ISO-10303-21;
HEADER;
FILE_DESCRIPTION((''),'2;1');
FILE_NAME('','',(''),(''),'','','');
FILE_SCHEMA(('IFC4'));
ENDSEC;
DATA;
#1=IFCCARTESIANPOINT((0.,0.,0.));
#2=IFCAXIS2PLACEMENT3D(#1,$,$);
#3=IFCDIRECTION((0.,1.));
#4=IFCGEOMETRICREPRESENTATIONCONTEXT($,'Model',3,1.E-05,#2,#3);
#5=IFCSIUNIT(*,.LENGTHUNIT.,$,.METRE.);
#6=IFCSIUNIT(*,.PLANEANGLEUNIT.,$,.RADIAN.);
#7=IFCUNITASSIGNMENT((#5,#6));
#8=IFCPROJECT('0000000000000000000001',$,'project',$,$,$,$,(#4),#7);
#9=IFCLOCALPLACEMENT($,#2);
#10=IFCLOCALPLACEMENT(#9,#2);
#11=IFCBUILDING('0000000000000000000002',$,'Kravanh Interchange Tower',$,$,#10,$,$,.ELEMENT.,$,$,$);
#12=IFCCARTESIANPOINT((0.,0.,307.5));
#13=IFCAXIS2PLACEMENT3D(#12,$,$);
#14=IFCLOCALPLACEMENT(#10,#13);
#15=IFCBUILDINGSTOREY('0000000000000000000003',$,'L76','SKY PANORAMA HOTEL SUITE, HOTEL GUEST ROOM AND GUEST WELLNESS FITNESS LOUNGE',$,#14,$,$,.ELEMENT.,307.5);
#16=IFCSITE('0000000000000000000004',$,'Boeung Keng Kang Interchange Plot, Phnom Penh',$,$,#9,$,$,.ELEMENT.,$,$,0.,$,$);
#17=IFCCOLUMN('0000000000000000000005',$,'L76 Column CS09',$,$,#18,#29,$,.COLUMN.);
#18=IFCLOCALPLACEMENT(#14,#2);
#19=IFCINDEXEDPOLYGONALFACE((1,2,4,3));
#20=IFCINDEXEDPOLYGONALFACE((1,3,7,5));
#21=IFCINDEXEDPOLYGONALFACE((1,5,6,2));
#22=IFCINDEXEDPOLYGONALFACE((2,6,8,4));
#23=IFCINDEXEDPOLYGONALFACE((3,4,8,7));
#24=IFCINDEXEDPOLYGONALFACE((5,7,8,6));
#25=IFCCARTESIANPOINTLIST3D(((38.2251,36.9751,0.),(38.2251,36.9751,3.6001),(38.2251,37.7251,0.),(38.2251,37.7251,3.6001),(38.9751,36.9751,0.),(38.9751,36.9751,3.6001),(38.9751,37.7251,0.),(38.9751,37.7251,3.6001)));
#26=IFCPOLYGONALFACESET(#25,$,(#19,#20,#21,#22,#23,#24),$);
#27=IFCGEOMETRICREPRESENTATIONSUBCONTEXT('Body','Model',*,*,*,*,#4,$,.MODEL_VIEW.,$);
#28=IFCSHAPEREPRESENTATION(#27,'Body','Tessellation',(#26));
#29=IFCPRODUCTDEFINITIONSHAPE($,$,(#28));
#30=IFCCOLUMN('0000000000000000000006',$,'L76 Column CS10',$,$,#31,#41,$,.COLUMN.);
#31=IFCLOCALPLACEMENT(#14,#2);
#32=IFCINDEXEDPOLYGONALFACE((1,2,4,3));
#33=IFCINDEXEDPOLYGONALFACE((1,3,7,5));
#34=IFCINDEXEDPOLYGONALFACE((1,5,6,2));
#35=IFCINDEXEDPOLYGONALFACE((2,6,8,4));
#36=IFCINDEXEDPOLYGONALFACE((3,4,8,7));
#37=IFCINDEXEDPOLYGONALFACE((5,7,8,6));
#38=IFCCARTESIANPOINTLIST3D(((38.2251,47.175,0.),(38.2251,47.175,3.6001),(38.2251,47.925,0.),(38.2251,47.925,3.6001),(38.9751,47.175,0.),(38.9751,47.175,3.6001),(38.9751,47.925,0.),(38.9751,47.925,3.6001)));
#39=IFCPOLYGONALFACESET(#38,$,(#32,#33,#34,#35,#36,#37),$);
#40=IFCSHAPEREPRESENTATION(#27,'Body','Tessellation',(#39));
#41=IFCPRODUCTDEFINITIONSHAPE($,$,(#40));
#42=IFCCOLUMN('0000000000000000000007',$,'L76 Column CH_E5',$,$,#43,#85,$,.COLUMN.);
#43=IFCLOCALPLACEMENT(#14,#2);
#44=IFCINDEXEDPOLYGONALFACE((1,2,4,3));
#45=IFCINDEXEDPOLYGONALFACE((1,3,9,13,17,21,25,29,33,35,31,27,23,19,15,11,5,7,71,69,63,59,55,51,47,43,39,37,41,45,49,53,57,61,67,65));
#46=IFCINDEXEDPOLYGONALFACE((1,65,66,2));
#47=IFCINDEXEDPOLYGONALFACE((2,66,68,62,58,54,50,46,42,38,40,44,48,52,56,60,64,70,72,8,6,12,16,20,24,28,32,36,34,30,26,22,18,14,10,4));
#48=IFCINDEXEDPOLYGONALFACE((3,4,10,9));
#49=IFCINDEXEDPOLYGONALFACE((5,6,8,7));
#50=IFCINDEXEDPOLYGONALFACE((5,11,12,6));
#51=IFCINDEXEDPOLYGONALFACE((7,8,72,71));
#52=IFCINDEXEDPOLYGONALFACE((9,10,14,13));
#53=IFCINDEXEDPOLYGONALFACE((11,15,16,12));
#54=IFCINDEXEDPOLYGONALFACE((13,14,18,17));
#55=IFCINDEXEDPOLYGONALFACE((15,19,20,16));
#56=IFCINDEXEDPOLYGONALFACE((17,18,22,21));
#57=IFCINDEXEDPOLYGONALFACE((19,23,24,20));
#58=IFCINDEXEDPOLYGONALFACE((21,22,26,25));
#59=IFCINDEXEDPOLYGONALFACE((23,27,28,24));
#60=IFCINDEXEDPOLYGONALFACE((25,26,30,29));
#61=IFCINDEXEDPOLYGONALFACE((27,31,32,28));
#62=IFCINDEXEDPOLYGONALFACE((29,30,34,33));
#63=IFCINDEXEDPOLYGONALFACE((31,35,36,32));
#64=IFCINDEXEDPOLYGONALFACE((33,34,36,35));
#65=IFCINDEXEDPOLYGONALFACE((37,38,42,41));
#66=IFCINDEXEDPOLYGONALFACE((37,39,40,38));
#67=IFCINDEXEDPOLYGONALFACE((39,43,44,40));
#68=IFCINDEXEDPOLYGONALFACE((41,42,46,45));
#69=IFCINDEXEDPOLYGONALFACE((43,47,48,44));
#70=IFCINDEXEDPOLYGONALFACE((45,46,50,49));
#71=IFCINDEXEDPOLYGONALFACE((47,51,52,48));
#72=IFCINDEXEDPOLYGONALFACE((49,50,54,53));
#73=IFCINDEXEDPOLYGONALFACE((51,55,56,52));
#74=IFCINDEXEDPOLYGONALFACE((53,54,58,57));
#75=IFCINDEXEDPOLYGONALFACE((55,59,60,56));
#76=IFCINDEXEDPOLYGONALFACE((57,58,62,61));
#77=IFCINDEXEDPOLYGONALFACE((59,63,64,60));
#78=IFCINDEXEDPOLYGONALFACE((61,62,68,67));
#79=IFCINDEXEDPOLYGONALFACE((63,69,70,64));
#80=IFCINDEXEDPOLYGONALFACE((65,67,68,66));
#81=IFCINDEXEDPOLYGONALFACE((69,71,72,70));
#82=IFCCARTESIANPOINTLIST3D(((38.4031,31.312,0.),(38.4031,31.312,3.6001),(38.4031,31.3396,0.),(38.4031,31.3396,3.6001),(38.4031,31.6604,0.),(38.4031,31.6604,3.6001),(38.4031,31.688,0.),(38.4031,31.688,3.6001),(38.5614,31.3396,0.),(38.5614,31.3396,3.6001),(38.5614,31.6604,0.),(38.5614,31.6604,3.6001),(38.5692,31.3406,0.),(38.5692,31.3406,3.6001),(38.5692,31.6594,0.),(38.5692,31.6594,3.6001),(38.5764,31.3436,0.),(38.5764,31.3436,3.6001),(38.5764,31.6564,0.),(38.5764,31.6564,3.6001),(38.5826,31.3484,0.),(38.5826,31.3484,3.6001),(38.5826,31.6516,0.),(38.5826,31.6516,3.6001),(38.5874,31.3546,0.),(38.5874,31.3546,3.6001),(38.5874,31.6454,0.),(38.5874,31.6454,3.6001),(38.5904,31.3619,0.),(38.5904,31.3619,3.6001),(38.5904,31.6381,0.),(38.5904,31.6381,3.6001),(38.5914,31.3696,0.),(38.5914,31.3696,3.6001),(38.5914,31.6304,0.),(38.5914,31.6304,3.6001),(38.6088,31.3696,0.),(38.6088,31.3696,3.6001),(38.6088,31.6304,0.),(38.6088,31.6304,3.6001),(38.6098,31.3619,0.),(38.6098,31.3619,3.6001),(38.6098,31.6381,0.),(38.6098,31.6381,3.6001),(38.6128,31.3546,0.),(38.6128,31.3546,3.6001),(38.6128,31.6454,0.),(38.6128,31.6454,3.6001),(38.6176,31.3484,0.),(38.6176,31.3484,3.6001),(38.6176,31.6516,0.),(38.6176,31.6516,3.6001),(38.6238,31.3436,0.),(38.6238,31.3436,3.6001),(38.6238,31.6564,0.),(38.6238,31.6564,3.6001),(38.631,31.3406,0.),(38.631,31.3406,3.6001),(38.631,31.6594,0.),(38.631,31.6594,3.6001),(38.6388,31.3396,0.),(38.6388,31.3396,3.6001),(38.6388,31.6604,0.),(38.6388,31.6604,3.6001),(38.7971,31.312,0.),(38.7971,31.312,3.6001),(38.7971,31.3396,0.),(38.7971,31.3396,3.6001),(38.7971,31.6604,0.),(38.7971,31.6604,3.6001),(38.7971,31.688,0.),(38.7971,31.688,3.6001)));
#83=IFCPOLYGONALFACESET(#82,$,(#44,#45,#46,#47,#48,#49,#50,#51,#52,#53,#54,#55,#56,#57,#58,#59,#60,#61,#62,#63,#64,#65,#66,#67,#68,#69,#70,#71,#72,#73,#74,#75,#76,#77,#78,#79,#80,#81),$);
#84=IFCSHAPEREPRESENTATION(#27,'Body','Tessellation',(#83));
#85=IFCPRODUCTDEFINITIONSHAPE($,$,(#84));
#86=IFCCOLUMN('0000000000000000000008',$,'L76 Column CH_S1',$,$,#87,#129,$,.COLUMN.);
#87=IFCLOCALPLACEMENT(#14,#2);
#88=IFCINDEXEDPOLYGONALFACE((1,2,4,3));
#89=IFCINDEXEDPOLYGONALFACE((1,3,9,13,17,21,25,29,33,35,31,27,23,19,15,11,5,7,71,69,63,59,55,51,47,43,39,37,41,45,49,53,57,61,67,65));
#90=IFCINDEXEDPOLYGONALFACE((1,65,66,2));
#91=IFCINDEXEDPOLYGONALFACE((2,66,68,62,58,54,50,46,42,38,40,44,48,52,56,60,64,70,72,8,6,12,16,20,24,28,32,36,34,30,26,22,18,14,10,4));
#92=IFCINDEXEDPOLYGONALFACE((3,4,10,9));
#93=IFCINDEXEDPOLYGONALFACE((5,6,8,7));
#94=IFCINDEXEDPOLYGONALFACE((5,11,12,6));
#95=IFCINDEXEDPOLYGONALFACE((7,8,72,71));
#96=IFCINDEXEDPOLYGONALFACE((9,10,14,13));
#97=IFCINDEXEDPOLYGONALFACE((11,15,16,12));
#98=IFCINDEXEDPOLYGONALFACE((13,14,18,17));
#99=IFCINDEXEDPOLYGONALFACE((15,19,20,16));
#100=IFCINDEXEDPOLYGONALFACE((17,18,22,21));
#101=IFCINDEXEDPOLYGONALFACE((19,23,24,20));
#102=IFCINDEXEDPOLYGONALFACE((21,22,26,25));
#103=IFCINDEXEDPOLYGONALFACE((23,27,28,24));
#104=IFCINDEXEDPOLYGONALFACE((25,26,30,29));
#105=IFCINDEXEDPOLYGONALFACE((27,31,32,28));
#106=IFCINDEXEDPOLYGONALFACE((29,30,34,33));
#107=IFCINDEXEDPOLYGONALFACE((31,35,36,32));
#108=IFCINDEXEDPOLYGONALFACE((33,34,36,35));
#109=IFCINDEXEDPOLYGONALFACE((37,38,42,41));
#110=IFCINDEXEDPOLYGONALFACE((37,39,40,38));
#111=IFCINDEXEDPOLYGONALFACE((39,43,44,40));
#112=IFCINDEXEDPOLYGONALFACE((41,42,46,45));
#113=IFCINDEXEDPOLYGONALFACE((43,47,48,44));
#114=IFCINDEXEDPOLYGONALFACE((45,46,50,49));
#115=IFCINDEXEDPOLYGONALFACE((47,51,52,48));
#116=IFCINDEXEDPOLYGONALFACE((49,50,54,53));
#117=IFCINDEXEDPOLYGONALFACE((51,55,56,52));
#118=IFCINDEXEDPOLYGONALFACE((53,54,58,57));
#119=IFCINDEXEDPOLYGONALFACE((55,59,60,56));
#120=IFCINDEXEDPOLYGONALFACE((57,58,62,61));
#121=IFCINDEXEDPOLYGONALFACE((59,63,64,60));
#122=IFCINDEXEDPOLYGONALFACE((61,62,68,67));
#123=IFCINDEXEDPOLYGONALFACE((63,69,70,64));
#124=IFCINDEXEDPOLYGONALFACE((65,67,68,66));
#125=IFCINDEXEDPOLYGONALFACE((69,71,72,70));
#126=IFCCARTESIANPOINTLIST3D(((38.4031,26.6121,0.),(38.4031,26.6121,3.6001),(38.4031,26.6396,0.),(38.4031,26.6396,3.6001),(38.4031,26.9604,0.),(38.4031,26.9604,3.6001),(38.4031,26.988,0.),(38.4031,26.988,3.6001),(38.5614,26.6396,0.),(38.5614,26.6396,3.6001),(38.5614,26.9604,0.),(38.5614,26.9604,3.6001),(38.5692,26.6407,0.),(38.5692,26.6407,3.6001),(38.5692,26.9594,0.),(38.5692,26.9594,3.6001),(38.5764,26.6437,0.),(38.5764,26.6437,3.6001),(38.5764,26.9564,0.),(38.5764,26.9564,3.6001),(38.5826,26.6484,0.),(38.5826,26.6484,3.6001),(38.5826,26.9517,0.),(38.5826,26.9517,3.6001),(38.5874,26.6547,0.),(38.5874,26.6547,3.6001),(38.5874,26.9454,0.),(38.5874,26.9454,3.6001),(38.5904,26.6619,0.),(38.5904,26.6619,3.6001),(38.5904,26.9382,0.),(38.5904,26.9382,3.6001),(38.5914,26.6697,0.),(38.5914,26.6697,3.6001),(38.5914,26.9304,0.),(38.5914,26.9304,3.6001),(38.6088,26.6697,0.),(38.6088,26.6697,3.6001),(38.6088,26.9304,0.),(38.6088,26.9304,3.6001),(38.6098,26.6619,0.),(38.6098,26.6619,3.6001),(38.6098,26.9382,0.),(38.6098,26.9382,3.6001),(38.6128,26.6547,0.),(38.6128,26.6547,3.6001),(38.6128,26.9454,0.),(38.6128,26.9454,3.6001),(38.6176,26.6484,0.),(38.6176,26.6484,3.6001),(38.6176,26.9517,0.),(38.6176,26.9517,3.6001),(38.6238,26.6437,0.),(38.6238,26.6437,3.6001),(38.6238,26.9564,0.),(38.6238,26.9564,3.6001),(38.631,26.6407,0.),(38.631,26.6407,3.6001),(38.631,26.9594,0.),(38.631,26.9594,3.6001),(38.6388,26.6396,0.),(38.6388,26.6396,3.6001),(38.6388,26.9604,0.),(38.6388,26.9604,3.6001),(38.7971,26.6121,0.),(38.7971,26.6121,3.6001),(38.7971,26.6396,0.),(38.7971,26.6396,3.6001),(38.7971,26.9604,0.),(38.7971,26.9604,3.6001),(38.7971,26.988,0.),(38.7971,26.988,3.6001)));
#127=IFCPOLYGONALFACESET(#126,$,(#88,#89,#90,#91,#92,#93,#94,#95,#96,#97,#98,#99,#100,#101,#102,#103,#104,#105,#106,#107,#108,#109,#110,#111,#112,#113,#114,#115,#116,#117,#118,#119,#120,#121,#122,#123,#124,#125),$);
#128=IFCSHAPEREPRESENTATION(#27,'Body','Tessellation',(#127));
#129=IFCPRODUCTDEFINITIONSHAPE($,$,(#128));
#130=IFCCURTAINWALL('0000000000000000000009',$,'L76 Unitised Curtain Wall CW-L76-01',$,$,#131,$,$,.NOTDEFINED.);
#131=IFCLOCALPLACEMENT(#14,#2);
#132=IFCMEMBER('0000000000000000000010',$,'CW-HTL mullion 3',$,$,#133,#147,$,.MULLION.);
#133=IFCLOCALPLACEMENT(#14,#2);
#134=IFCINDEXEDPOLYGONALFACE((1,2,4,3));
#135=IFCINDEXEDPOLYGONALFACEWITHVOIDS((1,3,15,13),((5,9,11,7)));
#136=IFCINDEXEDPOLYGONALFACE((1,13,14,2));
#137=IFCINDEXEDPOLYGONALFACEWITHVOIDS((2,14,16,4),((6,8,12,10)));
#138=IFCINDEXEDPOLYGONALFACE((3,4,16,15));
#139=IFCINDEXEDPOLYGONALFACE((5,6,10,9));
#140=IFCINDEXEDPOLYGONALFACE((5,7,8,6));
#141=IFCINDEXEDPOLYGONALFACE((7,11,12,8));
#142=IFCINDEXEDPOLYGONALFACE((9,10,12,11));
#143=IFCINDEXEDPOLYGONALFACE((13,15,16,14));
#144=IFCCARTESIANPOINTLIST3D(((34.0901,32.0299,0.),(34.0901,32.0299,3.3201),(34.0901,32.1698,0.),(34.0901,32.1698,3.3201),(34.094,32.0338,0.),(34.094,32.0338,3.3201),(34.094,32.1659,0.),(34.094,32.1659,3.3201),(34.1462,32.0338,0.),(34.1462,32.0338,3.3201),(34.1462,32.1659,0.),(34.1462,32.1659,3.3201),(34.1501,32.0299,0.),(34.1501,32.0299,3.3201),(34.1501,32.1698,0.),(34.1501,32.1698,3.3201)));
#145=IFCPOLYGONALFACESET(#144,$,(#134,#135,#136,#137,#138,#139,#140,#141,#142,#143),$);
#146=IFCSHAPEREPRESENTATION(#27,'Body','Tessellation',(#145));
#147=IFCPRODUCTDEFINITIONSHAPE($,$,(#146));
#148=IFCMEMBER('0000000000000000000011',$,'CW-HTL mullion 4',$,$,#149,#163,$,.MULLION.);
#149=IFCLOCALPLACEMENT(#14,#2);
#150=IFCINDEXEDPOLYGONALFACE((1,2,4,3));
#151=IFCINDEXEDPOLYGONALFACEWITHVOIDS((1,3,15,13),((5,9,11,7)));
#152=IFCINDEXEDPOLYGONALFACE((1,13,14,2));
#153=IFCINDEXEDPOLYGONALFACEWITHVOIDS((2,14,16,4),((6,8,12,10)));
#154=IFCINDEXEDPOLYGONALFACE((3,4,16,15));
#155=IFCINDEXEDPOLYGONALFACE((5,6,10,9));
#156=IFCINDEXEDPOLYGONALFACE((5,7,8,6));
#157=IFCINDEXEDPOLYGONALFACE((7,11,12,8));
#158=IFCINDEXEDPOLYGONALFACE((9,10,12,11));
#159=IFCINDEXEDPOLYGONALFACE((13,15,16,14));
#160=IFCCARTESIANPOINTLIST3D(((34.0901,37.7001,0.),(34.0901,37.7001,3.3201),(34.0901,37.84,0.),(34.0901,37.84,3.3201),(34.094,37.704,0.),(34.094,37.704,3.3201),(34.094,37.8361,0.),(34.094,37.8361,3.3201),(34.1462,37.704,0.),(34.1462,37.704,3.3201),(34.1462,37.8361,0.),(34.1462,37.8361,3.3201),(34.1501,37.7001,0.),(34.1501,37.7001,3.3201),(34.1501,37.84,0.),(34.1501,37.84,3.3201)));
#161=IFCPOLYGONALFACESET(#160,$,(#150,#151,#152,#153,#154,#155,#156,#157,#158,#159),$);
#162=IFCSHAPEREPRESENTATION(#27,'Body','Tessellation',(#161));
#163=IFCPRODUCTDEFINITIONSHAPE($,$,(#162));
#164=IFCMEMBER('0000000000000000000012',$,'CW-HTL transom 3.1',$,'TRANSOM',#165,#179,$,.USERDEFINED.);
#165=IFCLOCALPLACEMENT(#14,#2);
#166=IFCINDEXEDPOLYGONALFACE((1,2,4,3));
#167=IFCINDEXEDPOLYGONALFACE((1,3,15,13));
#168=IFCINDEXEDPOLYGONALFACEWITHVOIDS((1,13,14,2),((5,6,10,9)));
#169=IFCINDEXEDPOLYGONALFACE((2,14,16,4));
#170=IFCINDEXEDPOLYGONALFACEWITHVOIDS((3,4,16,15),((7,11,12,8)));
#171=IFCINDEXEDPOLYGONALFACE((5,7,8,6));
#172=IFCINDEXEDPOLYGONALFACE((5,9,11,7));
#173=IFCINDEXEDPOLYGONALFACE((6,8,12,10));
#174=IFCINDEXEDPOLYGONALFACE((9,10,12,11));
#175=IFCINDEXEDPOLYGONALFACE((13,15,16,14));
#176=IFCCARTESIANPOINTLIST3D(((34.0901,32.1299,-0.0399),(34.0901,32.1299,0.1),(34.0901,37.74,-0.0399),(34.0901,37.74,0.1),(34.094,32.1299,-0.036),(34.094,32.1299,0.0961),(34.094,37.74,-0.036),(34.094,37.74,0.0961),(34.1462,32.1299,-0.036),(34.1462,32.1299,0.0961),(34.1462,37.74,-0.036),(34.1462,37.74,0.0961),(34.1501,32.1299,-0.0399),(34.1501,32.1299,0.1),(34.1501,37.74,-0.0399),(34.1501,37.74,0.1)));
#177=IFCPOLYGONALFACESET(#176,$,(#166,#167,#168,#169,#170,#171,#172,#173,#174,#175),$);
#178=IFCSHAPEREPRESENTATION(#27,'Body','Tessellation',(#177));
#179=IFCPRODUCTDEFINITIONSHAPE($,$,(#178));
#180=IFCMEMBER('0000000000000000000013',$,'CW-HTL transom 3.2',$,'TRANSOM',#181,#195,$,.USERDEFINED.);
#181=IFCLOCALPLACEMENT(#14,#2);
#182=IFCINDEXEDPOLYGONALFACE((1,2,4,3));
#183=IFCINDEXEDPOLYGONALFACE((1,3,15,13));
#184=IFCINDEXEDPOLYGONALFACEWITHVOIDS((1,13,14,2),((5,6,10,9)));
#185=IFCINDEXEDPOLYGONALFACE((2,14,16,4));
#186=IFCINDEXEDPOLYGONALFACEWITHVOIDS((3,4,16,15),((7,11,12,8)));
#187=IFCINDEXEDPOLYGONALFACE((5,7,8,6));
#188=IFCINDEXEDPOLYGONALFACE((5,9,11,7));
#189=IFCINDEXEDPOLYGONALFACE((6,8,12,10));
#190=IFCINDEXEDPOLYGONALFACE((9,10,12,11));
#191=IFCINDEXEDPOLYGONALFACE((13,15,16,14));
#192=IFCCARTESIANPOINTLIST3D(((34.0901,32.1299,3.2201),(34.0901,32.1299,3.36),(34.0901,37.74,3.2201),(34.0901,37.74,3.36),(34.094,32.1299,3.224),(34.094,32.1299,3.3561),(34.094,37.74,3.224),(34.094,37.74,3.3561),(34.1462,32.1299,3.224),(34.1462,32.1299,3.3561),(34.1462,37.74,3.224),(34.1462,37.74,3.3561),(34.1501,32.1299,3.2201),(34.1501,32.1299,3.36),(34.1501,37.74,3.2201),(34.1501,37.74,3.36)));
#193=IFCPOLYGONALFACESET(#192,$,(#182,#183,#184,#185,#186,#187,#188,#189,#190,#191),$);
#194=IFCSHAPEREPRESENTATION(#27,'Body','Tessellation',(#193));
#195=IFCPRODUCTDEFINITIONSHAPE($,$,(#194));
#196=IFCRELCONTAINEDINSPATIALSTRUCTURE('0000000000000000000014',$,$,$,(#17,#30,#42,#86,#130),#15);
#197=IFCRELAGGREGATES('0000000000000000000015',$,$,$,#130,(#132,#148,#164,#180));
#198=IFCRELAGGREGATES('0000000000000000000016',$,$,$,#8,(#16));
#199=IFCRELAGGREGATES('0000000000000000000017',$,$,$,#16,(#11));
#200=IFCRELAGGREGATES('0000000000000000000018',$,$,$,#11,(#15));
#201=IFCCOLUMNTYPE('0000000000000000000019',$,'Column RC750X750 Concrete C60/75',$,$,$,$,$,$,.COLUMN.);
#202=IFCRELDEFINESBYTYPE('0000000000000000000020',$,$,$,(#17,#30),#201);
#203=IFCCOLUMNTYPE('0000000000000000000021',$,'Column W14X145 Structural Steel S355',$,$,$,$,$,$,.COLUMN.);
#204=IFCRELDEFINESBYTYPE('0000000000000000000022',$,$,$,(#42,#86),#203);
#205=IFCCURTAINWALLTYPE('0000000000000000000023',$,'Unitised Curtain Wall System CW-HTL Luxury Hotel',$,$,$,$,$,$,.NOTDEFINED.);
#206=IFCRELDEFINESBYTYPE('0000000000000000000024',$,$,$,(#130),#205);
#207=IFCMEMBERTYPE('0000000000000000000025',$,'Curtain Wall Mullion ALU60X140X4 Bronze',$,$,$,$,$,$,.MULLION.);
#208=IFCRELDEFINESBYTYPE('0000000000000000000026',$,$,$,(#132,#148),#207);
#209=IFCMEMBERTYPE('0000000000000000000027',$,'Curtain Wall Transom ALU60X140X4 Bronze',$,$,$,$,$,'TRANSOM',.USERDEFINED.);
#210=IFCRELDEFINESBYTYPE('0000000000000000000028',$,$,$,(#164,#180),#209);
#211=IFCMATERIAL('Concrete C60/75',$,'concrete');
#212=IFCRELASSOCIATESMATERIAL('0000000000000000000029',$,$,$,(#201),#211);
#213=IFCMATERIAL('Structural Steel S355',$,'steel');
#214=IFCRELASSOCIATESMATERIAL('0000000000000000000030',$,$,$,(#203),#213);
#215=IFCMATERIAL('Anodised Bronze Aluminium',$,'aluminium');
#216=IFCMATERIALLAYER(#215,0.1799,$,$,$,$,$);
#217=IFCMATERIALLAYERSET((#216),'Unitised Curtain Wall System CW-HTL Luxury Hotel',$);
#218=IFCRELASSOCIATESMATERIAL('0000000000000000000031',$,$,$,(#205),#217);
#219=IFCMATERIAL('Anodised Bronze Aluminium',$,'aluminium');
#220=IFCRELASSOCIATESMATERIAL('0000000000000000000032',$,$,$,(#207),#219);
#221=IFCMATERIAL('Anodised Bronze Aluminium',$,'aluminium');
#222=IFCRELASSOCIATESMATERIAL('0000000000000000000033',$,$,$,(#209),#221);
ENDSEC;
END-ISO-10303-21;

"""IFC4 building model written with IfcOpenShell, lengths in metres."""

from ifc_helpers import new_model, si_unit, direction, frame, origin, origin_2d, place, context, subcontext, project, spatial, rectangle, hollow_rectangle, i_section, extrude, material, layer, layer_set, material_profile, profile_set, type_object, element, aggregate, save


model = new_model("IFC4")

# Units and contexts
model_context = context("Model", 3, precision=1e-05, world=origin(), true_north=direction((0.0, 1.0)))
body_context = subcontext(model_context, "Body", "Model", "MODEL_VIEW")
ifc_project = project(units=[si_unit("LENGTHUNIT", "METRE"), si_unit("PLANEANGLEUNIT", "RADIAN")], contexts=[model_context])

# Site, building, storey
site_placement = place(None, origin())
site = spatial("IfcSite", under=ifc_project, at=site_placement, Name="Boeung Keng Kang Interchange Plot, Phnom Penh", CompositionType="ELEMENT", RefElevation=0.0)
building_placement = place(site_placement, origin())
building = spatial("IfcBuilding", under=site, at=building_placement, Name="Kravanh Interchange Tower", CompositionType="ELEMENT")
storey_placement = place(building_placement, frame((0.0, 0.0, 307.5)))
storey = spatial("IfcBuildingStorey", under=building, at=storey_placement, Name="L76", Description="SKY PANORAMA HOTEL SUITE, HOTEL GUEST ROOM AND GUEST WELLNESS FITNESS LOUNGE", CompositionType="ELEMENT", Elevation=307.5)

# Columns
ifc_material_1 = material(Name="Concrete C60/75", Category="concrete")
ifc_material_profile_1 = material_profile(ifc_material_1, rectangle(XDim=0.75, YDim=0.75, at=origin_2d()), Name="RC750X750")
ifc_profile_set_1 = profile_set([ifc_material_profile_1], Name="Concrete C60/75")
column_type_1 = type_object("IfcColumnType", Name="Column RC750X750 Concrete C60/75", PredefinedType="COLUMN", material=ifc_profile_set_1)
for number, where, z_axis, x_axis, name in (
    (1, (38.6001, 37.3501, 0.0), (0.0, 0.0, 1.0), (1.0, 0.0, 0.0), "L76 Column CS09"),
    (2, (38.6001, 47.55, 0.0), (0.0, 0.0, 1.0), (1.0, 0.0, 0.0), "L76 Column CS10"),
):
    element("IfcColumn", number, at=place(storey_placement, frame(where, z_axis=z_axis, x_axis=x_axis)), inside=storey, type_object=column_type_1, Name=name, PredefinedType="COLUMN", context=body_context, shape_type="SweptSolid", body=[
        extrude(rectangle(XDim=0.75, YDim=0.75, at=origin_2d()), origin(), (0.0, 0.0, 1.0), 3.6001),
    ])
ifc_material_2 = material(Name="Structural Steel S355", Category="steel")
ifc_material_profile_2 = material_profile(ifc_material_2, i_section(OverallWidth=0.394, OverallDepth=0.376, WebThickness=0.0173, FlangeThickness=0.0276, FilletRadius=0.03, at=origin_2d()), Name="W14X145")
ifc_profile_set_2 = profile_set([ifc_material_profile_2], Name="Structural Steel S355")
column_type_2 = type_object("IfcColumnType", Name="Column W14X145 Structural Steel S355", PredefinedType="COLUMN", material=ifc_profile_set_2)
for number, where, z_axis, x_axis, name in (
    (3, (38.6001, 31.5, 0.0), (0.0, 0.0, 1.0), (1.0, 0.0, 0.0), "L76 Column CH_E5"),
    (4, (38.6001, 26.8, 0.0), (0.0, 0.0, 1.0), (1.0, 0.0, 0.0), "L76 Column CH_S1"),
):
    element("IfcColumn", number, at=place(storey_placement, frame(where, z_axis=z_axis, x_axis=x_axis)), inside=storey, type_object=column_type_2, Name=name, PredefinedType="COLUMN", context=body_context, shape_type="SweptSolid", body=[
        extrude(i_section(OverallWidth=0.394, OverallDepth=0.376, WebThickness=0.0173, FlangeThickness=0.0276, FilletRadius=0.03, at=origin_2d()), origin(), (0.0, 0.0, 1.0), 3.6001),
    ])

# Curtain wall, members
ifc_material_3 = material(Name="Anodised Bronze Aluminium", Category="aluminium")
ifc_layer_1 = layer(ifc_material_3, 0.1799)
ifc_layer_set_1 = layer_set([ifc_layer_1], Name="Unitised Curtain Wall System CW-HTL Luxury Hotel")
curtain_wall_type = type_object("IfcCurtainWallType", Name="Unitised Curtain Wall System CW-HTL Luxury Hotel", PredefinedType="NOTDEFINED", material=ifc_layer_set_1)
curtain_wall_placement = place(storey_placement, origin())
curtain_wall = element("IfcCurtainWall", 5, at=curtain_wall_placement, inside=storey, type_object=curtain_wall_type, Name="L76 Unitised Curtain Wall CW-L76-01", PredefinedType="NOTDEFINED")
ifc_material_4 = material(Name="Anodised Bronze Aluminium", Category="aluminium")
ifc_material_profile_3 = material_profile(ifc_material_4, hollow_rectangle(XDim=0.0601, YDim=0.1399, WallThickness=0.0039, at=origin_2d()), Name="ALU60X140X4")
ifc_profile_set_3 = profile_set([ifc_material_profile_3], Name="Anodised Bronze Aluminium")
member_type_1 = type_object("IfcMemberType", Name="Curtain Wall Mullion ALU60X140X4 Bronze", PredefinedType="MULLION", material=ifc_profile_set_3)
member_1_placement = place(storey_placement, frame((34.1201, 32.0999, 0.0), z_axis=(0.0, 0.0, 1.0), x_axis=(-1.0, 0.0, 0.0)))
member_1 = element("IfcMember", 6, at=member_1_placement, type_object=member_type_1, Name="CW-HTL mullion 3", PredefinedType="MULLION", context=body_context, shape_type="SweptSolid", body=[
    extrude(hollow_rectangle(XDim=0.0601, YDim=0.1399, WallThickness=0.0039, at=origin_2d()), origin(), (0.0, 0.0, 1.0), 3.3201),
])
member_2_placement = place(storey_placement, frame((34.1201, 37.77, 0.0), z_axis=(0.0, 0.0, 1.0), x_axis=(-1.0, 0.0, 0.0)))
member_2 = element("IfcMember", 7, at=member_2_placement, type_object=member_type_1, Name="CW-HTL mullion 4", PredefinedType="MULLION", context=body_context, shape_type="SweptSolid", body=[
    extrude(hollow_rectangle(XDim=0.0601, YDim=0.1399, WallThickness=0.0039, at=origin_2d()), origin(), (0.0, 0.0, 1.0), 3.3201),
])
ifc_material_5 = material(Name="Anodised Bronze Aluminium", Category="aluminium")
ifc_material_profile_4 = material_profile(ifc_material_5, hollow_rectangle(XDim=0.0601, YDim=0.1399, WallThickness=0.0039, at=origin_2d()), Name="ALU60X140X4")
ifc_profile_set_4 = profile_set([ifc_material_profile_4], Name="Anodised Bronze Aluminium")
member_type_2 = type_object("IfcMemberType", Name="Curtain Wall Transom ALU60X140X4 Bronze", ElementType="TRANSOM", PredefinedType="USERDEFINED", material=ifc_profile_set_4)
member_3_placement = place(storey_placement, frame((34.1201, 32.1299, 0.03), z_axis=(0.0, 1.0, 0.0), x_axis=(-1.0, 0.0, 0.0)))
member_3 = element("IfcMember", 8, at=member_3_placement, type_object=member_type_2, Name="CW-HTL transom 3.1", ObjectType="TRANSOM", PredefinedType="USERDEFINED", context=body_context, shape_type="SweptSolid", body=[
    extrude(hollow_rectangle(XDim=0.0601, YDim=0.1399, WallThickness=0.0039, at=origin_2d()), origin(), (0.0, 0.0, 1.0), 5.6101),
])
member_4_placement = place(storey_placement, frame((34.1201, 32.1299, 3.29), z_axis=(0.0, 1.0, 0.0), x_axis=(-1.0, 0.0, 0.0)))
member_4 = element("IfcMember", 9, at=member_4_placement, type_object=member_type_2, Name="CW-HTL transom 3.2", ObjectType="TRANSOM", PredefinedType="USERDEFINED", context=body_context, shape_type="SweptSolid", body=[
    extrude(hollow_rectangle(XDim=0.0601, YDim=0.1399, WallThickness=0.0039, at=origin_2d()), origin(), (0.0, 0.0, 1.0), 5.6101),
])

aggregate(curtain_wall, [member_1, member_2, member_3, member_4])

save(model, "model.ifc")
